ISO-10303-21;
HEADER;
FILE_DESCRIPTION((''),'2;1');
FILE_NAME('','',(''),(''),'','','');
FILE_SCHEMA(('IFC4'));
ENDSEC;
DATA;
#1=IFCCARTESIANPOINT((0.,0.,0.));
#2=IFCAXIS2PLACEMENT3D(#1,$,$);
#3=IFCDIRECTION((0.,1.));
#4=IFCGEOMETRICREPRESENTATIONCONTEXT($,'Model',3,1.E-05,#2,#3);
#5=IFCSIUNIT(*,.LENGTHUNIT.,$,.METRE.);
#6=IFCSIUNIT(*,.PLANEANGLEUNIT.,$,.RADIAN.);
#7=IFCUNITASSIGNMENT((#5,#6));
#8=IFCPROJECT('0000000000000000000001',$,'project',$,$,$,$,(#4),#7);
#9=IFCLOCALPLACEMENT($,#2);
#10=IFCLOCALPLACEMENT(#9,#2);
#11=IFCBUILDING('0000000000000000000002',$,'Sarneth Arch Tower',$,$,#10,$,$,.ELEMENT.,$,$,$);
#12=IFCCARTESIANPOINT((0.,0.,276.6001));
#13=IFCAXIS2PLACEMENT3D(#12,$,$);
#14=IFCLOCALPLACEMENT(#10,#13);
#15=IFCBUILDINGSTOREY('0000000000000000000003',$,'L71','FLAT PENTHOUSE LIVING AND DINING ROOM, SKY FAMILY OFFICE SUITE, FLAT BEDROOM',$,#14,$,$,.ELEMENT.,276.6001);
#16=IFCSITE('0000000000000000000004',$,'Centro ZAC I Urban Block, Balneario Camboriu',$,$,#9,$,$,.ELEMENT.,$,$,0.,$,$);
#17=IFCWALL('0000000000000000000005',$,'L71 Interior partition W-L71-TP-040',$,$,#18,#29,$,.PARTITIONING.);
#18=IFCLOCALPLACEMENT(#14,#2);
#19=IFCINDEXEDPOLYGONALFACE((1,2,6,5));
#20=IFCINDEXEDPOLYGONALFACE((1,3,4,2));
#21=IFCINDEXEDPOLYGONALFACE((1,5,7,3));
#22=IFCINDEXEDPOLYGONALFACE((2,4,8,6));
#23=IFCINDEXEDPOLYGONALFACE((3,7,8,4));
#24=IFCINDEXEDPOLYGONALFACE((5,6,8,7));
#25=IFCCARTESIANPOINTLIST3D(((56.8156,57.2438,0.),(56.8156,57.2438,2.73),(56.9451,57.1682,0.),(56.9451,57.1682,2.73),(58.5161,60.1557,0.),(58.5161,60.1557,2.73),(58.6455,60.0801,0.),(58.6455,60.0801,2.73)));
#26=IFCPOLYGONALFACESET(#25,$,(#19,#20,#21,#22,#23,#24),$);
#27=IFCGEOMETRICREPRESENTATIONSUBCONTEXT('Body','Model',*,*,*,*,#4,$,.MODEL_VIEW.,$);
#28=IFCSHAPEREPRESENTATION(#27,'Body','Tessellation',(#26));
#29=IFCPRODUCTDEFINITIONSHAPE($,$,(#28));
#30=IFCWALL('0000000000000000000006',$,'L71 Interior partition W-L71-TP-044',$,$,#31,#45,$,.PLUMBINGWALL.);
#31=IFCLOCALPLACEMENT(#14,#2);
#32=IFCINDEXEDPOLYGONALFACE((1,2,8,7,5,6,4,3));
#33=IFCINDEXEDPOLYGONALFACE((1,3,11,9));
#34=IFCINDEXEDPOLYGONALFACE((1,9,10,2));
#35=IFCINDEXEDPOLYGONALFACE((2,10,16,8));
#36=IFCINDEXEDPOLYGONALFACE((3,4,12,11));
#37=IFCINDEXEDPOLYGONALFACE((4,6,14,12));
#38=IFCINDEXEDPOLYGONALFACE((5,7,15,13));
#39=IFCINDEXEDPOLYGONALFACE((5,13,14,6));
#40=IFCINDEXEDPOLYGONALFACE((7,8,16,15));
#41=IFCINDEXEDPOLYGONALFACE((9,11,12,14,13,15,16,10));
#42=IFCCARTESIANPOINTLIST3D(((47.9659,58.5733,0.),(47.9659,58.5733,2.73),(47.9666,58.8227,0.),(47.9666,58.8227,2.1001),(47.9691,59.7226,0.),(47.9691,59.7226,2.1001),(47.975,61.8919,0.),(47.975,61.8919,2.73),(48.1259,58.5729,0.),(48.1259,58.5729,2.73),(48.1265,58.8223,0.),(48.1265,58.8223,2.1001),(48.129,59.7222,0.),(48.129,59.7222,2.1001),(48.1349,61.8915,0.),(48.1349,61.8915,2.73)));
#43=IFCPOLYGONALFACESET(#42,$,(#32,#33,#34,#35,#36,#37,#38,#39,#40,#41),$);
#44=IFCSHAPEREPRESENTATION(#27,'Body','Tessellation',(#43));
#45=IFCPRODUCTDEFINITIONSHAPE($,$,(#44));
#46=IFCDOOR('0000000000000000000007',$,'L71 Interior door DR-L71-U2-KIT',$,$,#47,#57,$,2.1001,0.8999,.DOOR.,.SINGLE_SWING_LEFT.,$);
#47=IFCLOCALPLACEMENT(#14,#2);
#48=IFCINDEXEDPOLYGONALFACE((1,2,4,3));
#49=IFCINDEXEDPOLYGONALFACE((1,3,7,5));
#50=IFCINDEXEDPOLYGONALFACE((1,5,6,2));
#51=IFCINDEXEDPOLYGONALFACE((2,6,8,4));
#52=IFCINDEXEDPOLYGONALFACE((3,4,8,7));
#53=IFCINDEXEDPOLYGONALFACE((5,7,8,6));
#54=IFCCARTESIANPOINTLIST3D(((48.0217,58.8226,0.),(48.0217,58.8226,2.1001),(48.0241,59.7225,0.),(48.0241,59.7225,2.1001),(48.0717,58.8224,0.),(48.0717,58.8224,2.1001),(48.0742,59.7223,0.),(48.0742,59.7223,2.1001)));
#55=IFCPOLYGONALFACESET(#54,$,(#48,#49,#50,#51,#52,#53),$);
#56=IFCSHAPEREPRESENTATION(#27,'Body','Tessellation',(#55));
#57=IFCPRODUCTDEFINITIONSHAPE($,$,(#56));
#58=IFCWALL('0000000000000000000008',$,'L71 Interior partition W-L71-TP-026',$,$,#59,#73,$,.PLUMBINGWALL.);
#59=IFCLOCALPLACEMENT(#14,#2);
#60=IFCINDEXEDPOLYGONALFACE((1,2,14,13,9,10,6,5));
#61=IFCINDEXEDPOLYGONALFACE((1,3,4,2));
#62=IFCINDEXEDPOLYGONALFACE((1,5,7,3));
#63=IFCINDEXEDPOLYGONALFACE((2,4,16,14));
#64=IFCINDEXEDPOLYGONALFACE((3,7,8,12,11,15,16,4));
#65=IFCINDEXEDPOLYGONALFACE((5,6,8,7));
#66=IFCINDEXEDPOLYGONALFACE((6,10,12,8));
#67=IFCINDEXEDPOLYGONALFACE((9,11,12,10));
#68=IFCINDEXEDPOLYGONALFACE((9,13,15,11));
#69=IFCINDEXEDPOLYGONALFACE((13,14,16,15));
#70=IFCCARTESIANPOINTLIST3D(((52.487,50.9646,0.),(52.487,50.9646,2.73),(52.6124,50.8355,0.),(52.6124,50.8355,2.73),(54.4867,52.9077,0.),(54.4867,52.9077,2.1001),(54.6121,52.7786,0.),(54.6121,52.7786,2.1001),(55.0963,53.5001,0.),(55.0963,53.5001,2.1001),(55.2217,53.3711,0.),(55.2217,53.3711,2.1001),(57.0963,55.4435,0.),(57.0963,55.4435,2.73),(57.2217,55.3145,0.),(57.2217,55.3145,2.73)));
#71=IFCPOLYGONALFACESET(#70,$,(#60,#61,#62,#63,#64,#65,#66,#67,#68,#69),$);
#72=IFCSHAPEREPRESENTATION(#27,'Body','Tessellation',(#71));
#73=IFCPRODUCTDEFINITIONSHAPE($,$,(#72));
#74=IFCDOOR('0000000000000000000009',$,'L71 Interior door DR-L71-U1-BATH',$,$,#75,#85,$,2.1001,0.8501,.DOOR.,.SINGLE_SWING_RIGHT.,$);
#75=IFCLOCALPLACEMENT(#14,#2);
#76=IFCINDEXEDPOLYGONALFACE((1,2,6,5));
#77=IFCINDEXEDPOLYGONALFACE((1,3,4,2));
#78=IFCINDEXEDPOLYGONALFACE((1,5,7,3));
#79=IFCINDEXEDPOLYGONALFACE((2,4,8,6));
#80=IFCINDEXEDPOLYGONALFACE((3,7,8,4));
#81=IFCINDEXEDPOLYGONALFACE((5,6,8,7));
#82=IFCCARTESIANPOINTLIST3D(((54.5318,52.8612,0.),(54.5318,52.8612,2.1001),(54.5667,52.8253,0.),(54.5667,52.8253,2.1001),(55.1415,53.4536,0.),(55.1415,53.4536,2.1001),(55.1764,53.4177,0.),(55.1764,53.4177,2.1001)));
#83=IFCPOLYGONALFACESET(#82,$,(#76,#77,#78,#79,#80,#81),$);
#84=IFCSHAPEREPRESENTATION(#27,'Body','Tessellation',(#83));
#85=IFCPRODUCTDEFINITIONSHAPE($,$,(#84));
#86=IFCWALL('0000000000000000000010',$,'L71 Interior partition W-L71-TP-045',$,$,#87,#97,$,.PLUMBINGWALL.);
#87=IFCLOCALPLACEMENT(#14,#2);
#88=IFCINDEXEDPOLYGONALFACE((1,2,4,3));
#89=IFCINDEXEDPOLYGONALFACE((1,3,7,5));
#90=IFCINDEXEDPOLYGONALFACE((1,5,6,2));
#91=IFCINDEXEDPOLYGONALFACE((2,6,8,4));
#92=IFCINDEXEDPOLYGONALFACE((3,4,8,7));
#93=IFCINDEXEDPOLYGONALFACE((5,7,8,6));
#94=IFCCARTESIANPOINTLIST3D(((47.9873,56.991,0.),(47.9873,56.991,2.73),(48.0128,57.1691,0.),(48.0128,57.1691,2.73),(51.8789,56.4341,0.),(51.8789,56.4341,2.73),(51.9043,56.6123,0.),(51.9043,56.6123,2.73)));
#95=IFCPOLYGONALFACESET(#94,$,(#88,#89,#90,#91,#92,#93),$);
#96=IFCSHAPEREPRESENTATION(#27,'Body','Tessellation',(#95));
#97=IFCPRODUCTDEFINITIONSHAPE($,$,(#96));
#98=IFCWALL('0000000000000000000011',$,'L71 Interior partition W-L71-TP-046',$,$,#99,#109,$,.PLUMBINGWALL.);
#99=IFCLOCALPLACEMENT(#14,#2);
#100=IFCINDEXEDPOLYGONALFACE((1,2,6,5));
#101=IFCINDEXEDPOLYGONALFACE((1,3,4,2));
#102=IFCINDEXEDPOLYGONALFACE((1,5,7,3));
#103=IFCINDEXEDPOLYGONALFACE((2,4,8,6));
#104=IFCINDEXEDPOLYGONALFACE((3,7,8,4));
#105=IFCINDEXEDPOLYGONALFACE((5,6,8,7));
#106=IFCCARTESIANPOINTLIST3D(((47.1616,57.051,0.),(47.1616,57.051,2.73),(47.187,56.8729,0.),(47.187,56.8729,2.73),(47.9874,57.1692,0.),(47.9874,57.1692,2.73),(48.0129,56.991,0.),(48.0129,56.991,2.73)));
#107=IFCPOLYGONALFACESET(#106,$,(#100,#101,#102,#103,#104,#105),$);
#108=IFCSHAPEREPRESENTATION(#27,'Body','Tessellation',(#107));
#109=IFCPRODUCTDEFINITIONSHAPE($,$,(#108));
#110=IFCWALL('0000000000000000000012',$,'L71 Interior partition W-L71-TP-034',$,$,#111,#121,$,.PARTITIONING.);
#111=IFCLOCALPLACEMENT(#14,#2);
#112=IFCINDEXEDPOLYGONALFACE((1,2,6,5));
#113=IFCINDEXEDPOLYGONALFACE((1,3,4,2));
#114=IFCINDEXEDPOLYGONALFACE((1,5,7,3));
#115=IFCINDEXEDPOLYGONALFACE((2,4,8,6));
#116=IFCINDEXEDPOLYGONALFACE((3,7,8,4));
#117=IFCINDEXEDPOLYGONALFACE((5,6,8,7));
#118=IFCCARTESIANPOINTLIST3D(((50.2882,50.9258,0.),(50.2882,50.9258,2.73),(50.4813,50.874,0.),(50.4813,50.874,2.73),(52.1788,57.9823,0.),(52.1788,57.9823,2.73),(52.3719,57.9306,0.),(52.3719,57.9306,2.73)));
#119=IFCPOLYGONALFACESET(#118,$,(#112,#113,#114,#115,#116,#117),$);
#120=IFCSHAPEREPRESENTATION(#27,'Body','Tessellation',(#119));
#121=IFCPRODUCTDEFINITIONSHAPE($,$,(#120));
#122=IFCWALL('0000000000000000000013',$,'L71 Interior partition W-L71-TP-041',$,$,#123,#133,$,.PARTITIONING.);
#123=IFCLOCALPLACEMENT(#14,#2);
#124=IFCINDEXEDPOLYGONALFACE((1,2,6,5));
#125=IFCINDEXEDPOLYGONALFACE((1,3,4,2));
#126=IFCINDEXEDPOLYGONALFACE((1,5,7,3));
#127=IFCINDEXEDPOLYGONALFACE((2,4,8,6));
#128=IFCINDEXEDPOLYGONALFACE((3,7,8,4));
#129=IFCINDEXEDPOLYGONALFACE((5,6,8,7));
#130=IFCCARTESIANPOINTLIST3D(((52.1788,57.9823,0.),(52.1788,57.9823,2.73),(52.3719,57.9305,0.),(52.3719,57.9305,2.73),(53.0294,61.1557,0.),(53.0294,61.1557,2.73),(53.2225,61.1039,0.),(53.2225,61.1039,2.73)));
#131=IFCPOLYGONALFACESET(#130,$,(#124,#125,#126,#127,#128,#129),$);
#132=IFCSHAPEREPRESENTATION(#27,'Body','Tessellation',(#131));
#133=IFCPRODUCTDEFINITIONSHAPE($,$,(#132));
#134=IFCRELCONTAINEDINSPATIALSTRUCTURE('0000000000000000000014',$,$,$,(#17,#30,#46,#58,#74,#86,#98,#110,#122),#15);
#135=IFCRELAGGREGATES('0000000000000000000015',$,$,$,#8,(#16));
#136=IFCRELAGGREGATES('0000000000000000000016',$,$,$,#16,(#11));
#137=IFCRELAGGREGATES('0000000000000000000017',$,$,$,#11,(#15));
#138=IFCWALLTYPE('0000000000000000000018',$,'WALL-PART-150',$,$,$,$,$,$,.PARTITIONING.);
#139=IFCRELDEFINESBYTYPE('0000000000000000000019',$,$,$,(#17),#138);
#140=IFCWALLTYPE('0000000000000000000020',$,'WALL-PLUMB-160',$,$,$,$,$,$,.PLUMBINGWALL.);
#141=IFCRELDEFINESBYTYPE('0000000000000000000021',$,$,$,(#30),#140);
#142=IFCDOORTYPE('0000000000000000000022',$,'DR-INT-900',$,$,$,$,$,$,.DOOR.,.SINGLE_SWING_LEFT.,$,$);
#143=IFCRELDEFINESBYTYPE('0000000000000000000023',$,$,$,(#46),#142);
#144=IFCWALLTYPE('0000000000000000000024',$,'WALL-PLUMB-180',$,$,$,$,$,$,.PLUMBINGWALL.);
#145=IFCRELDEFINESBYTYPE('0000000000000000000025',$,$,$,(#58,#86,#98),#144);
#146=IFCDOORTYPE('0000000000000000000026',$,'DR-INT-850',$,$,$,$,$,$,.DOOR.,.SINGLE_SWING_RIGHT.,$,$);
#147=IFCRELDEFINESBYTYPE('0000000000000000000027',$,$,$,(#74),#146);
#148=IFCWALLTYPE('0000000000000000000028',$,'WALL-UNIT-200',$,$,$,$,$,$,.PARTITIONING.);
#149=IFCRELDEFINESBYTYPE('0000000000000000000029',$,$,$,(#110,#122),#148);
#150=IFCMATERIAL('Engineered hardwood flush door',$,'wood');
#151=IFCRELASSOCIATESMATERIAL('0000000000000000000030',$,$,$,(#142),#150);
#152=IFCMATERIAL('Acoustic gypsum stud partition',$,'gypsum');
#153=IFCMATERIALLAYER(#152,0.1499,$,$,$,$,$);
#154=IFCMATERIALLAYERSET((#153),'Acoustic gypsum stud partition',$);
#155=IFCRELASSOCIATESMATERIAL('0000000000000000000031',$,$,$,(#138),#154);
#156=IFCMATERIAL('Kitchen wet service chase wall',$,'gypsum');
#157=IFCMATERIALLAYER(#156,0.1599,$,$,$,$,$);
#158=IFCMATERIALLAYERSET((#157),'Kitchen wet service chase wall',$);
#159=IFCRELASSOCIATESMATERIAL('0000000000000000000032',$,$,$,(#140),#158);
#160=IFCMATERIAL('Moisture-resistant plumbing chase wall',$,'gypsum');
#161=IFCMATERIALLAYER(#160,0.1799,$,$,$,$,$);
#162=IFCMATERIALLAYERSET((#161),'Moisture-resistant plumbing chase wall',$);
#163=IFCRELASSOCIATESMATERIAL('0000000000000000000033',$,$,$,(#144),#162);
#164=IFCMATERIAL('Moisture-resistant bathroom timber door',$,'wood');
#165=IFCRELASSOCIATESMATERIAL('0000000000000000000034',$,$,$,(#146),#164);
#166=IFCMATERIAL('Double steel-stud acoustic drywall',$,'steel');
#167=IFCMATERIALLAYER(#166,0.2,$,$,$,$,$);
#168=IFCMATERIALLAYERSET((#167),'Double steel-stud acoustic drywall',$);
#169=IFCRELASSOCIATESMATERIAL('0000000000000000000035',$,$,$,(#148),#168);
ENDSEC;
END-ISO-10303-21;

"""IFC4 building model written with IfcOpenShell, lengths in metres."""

from ifc_helpers import new_model, si_unit, direction, frame, frame_2d, origin, place, context, subcontext, project, spatial, rectangle, extrude, material, layer, layer_set, type_object, element, fill, save


model = new_model("IFC4")

# Units and contexts
model_context = context("Model", 3, precision=1e-05, world=origin(), true_north=direction((0.0, 1.0)))
body_context = subcontext(model_context, "Body", "Model", "MODEL_VIEW")
ifc_project = project(units=[si_unit("LENGTHUNIT", "METRE"), si_unit("PLANEANGLEUNIT", "RADIAN")], contexts=[model_context])

# Site, building, storey
site_placement = place(None, origin())
site = spatial("IfcSite", under=ifc_project, at=site_placement, Name="Centro ZAC I Urban Block, Balneario Camboriu", CompositionType="ELEMENT", RefElevation=0.0)
building_placement = place(site_placement, origin())
building = spatial("IfcBuilding", under=site, at=building_placement, Name="Sarneth Arch Tower", CompositionType="ELEMENT")
storey_placement = place(building_placement, frame((0.0, 0.0, 276.6001)))
storey = spatial("IfcBuildingStorey", under=building, at=storey_placement, Name="L71", Description="FLAT PENTHOUSE LIVING AND DINING ROOM, SKY FAMILY OFFICE SUITE, FLAT BEDROOM", CompositionType="ELEMENT", Elevation=276.6001)

# Shared definitions
ifc_material_1 = material(Name="Engineered hardwood flush door", Category="wood")
door_type_1 = type_object("IfcDoorType", Name="DR-INT-900", OperationType="SINGLE_SWING_LEFT", PredefinedType="DOOR", material=ifc_material_1)

# Shared definitions
ifc_material_2 = material(Name="Acoustic gypsum stud partition", Category="gypsum")
ifc_layer_1 = layer(ifc_material_2, 0.1499)
ifc_layer_set_1 = layer_set([ifc_layer_1], Name="Acoustic gypsum stud partition")
wall_type_1 = type_object("IfcWallType", Name="WALL-PART-150", PredefinedType="PARTITIONING", material=ifc_layer_set_1)

# Wall
wall_1_placement = place(storey_placement, frame((58.5808, 60.1179, 0.0), z_axis=(0.0, 0.0, 1.0), x_axis=(-0.504281, -0.86354, 0.0)))
element("IfcWall", 1, at=wall_1_placement, inside=storey, type_object=wall_type_1, Name="L71 Interior partition W-L71-TP-040", PredefinedType="PARTITIONING", context=body_context, shape_type="SweptSolid", body=[
    extrude(rectangle(XDim=3.3721, YDim=0.1499, at=frame_2d((1.686, 0.0))), origin(), (0.0, 0.0, 1.0), 2.73),
])

# Walls, openings, doors
ifc_material_3 = material(Name="Kitchen wet service chase wall", Category="gypsum")
ifc_layer_2 = layer(ifc_material_3, 0.1599)
ifc_layer_set_2 = layer_set([ifc_layer_2], Name="Kitchen wet service chase wall")
wall_type_2 = type_object("IfcWallType", Name="WALL-PLUMB-160", PredefinedType="PLUMBINGWALL", material=ifc_layer_set_2)
wall_2_placement = place(storey_placement, frame((48.0459, 58.5732, 0.0), z_axis=(0.0, 0.0, 1.0), x_axis=(0.002722, 0.999996, 0.0)))
wall_2 = element("IfcWall", 2, at=wall_2_placement, inside=storey, type_object=wall_type_2, Name="L71 Interior partition W-L71-TP-044", PredefinedType="PLUMBINGWALL", context=body_context, shape_type="SweptSolid", body=[
    extrude(rectangle(XDim=3.3186, YDim=0.1599, at=frame_2d((1.6592, 0.0))), origin(), (0.0, 0.0, 1.0), 2.73),
])
opening_1_placement = place(wall_2_placement, frame((0.2493, 0.0, 0.0)))
opening_1 = element("IfcOpeningElement", 3, at=opening_1_placement, cuts=wall_2, PredefinedType="OPENING", context=body_context, shape_type="SweptSolid", body=[
    extrude(rectangle(XDim=0.8999, YDim=2.1001, at=frame_2d((0.45, 1.05))), frame((0.0, 0.0898, 0.0), z_axis=(0.0, -1.0, 0.0), x_axis=(1.0, 0.0, 0.0)), (0.0, 0.0, 1.0), 0.1799),
])
door_1_placement = place(opening_1_placement, origin())
door_1 = element("IfcDoor", 4, at=door_1_placement, inside=storey, type_object=door_type_1, Name="L71 Interior door DR-L71-U2-KIT", OperationType="SINGLE_SWING_LEFT", OverallHeight=2.1001, OverallWidth=0.8999, PredefinedType="DOOR", context=body_context, shape_type="SweptSolid", body=[
    extrude(rectangle(XDim=0.8999, YDim=2.1001, at=frame_2d((0.45, 1.05))), frame((0.0, 0.0249, 0.0), z_axis=(0.0, -1.0, 0.0), x_axis=(1.0, 0.0, 0.0)), (0.0, 0.0, 1.0), 0.05),
])
fill(opening_1, door_1)
ifc_material_4 = material(Name="Moisture-resistant plumbing chase wall", Category="gypsum")
ifc_layer_3 = layer(ifc_material_4, 0.1799)
ifc_layer_set_3 = layer_set([ifc_layer_3], Name="Moisture-resistant plumbing chase wall")
wall_type_3 = type_object("IfcWallType", Name="WALL-PLUMB-180", PredefinedType="PLUMBINGWALL", material=ifc_layer_set_3)
wall_3_placement = place(storey_placement, frame((57.1589, 55.3789, 0.0), z_axis=(0.0, 0.0, 1.0), x_axis=(-0.717176, -0.696892, 0.0)))
wall_3 = element("IfcWall", 5, at=wall_3_placement, inside=storey, type_object=wall_type_3, Name="L71 Interior partition W-L71-TP-026", PredefinedType="PLUMBINGWALL", context=body_context, shape_type="SweptSolid", body=[
    extrude(rectangle(XDim=6.427, YDim=0.1799, at=frame_2d((3.2134, 0.0))), origin(), (0.0, 0.0, 1.0), 2.73),
])
opening_2_placement = place(wall_3_placement, frame((2.7886, 0.0, 0.0)))
opening_2 = element("IfcOpeningElement", 6, at=opening_2_placement, cuts=wall_3, PredefinedType="OPENING", context=body_context, shape_type="SweptSolid", body=[
    extrude(rectangle(XDim=0.8501, YDim=2.1001, at=frame_2d((0.425, 1.05))), frame((0.0, 0.0999, 0.0), z_axis=(0.0, -1.0, 0.0), x_axis=(1.0, 0.0, 0.0)), (0.0, 0.0, 1.0), 0.2),
])
ifc_material_5 = material(Name="Moisture-resistant bathroom timber door", Category="wood")
door_type_2 = type_object("IfcDoorType", Name="DR-INT-850", OperationType="SINGLE_SWING_RIGHT", PredefinedType="DOOR", material=ifc_material_5)
door_2_placement = place(opening_2_placement, origin())
door_2 = element("IfcDoor", 7, at=door_2_placement, inside=storey, type_object=door_type_2, Name="L71 Interior door DR-L71-U1-BATH", OperationType="SINGLE_SWING_RIGHT", OverallHeight=2.1001, OverallWidth=0.8501, PredefinedType="DOOR", context=body_context, shape_type="SweptSolid", body=[
    extrude(rectangle(XDim=0.8501, YDim=2.1001, at=frame_2d((0.425, 1.05))), frame((0.0, 0.0249, 0.0), z_axis=(0.0, -1.0, 0.0), x_axis=(1.0, 0.0, 0.0)), (0.0, 0.0, 1.0), 0.05),
])
fill(opening_2, door_2)

# Walls
wall_4_placement = place(storey_placement, frame((51.8916, 56.5232, 0.0), z_axis=(0.0, 0.0, 1.0), x_axis=(-0.989916, 0.141656, 0.0)))
element("IfcWall", 8, at=wall_4_placement, inside=storey, type_object=wall_type_3, Name="L71 Interior partition W-L71-TP-045", PredefinedType="PLUMBINGWALL", context=body_context, shape_type="SweptSolid", body=[
    extrude(rectangle(XDim=3.9312, YDim=0.1799, at=frame_2d((1.9656, 0.0))), origin(), (0.0, 0.0, 1.0), 2.73),
])
wall_5_placement = place(storey_placement, frame((48.0, 57.0801, 0.0), z_axis=(0.0, 0.0, 1.0), x_axis=(-0.98992, -0.141626, 0.0)))
element("IfcWall", 9, at=wall_5_placement, inside=storey, type_object=wall_type_3, Name="L71 Interior partition W-L71-TP-046", PredefinedType="PLUMBINGWALL", context=body_context, shape_type="SweptSolid", body=[
    extrude(rectangle(XDim=0.8342, YDim=0.1799, at=frame_2d((0.417, 0.0))), origin(), (0.0, 0.0, 1.0), 2.73),
])
ifc_material_6 = material(Name="Double steel-stud acoustic drywall", Category="steel")
ifc_layer_4 = layer(ifc_material_6, 0.2)
ifc_layer_set_4 = layer_set([ifc_layer_4], Name="Double steel-stud acoustic drywall")
wall_type_4 = type_object("IfcWallType", Name="WALL-UNIT-200", PredefinedType="PARTITIONING", material=ifc_layer_set_4)
wall_6_placement = place(storey_placement, frame((52.2754, 57.9565, 0.0), z_axis=(0.0, 0.0, 1.0), x_axis=(-0.258794, -0.965933, 0.0)))
element("IfcWall", 10, at=wall_6_placement, inside=storey, type_object=wall_type_4, Name="L71 Interior partition W-L71-TP-034", PredefinedType="PARTITIONING", context=body_context, shape_type="SweptSolid", body=[
    extrude(rectangle(XDim=7.3054, YDim=0.2, at=frame_2d((3.6528, 0.0))), origin(), (0.0, 0.0, 1.0), 2.73),
])
wall_7_placement = place(storey_placement, frame((52.2754, 57.9565, 0.0), z_axis=(0.0, 0.0, 1.0), x_axis=(0.258902, 0.965904, 0.0)))
element("IfcWall", 11, at=wall_7_placement, inside=storey, type_object=wall_type_4, Name="L71 Interior partition W-L71-TP-041", PredefinedType="PARTITIONING", context=body_context, shape_type="SweptSolid", body=[
    extrude(rectangle(XDim=3.2854, YDim=0.2, at=frame_2d((1.6426, 0.0))), origin(), (0.0, 0.0, 1.0), 2.73),
])

save(model, "model.ifc")
